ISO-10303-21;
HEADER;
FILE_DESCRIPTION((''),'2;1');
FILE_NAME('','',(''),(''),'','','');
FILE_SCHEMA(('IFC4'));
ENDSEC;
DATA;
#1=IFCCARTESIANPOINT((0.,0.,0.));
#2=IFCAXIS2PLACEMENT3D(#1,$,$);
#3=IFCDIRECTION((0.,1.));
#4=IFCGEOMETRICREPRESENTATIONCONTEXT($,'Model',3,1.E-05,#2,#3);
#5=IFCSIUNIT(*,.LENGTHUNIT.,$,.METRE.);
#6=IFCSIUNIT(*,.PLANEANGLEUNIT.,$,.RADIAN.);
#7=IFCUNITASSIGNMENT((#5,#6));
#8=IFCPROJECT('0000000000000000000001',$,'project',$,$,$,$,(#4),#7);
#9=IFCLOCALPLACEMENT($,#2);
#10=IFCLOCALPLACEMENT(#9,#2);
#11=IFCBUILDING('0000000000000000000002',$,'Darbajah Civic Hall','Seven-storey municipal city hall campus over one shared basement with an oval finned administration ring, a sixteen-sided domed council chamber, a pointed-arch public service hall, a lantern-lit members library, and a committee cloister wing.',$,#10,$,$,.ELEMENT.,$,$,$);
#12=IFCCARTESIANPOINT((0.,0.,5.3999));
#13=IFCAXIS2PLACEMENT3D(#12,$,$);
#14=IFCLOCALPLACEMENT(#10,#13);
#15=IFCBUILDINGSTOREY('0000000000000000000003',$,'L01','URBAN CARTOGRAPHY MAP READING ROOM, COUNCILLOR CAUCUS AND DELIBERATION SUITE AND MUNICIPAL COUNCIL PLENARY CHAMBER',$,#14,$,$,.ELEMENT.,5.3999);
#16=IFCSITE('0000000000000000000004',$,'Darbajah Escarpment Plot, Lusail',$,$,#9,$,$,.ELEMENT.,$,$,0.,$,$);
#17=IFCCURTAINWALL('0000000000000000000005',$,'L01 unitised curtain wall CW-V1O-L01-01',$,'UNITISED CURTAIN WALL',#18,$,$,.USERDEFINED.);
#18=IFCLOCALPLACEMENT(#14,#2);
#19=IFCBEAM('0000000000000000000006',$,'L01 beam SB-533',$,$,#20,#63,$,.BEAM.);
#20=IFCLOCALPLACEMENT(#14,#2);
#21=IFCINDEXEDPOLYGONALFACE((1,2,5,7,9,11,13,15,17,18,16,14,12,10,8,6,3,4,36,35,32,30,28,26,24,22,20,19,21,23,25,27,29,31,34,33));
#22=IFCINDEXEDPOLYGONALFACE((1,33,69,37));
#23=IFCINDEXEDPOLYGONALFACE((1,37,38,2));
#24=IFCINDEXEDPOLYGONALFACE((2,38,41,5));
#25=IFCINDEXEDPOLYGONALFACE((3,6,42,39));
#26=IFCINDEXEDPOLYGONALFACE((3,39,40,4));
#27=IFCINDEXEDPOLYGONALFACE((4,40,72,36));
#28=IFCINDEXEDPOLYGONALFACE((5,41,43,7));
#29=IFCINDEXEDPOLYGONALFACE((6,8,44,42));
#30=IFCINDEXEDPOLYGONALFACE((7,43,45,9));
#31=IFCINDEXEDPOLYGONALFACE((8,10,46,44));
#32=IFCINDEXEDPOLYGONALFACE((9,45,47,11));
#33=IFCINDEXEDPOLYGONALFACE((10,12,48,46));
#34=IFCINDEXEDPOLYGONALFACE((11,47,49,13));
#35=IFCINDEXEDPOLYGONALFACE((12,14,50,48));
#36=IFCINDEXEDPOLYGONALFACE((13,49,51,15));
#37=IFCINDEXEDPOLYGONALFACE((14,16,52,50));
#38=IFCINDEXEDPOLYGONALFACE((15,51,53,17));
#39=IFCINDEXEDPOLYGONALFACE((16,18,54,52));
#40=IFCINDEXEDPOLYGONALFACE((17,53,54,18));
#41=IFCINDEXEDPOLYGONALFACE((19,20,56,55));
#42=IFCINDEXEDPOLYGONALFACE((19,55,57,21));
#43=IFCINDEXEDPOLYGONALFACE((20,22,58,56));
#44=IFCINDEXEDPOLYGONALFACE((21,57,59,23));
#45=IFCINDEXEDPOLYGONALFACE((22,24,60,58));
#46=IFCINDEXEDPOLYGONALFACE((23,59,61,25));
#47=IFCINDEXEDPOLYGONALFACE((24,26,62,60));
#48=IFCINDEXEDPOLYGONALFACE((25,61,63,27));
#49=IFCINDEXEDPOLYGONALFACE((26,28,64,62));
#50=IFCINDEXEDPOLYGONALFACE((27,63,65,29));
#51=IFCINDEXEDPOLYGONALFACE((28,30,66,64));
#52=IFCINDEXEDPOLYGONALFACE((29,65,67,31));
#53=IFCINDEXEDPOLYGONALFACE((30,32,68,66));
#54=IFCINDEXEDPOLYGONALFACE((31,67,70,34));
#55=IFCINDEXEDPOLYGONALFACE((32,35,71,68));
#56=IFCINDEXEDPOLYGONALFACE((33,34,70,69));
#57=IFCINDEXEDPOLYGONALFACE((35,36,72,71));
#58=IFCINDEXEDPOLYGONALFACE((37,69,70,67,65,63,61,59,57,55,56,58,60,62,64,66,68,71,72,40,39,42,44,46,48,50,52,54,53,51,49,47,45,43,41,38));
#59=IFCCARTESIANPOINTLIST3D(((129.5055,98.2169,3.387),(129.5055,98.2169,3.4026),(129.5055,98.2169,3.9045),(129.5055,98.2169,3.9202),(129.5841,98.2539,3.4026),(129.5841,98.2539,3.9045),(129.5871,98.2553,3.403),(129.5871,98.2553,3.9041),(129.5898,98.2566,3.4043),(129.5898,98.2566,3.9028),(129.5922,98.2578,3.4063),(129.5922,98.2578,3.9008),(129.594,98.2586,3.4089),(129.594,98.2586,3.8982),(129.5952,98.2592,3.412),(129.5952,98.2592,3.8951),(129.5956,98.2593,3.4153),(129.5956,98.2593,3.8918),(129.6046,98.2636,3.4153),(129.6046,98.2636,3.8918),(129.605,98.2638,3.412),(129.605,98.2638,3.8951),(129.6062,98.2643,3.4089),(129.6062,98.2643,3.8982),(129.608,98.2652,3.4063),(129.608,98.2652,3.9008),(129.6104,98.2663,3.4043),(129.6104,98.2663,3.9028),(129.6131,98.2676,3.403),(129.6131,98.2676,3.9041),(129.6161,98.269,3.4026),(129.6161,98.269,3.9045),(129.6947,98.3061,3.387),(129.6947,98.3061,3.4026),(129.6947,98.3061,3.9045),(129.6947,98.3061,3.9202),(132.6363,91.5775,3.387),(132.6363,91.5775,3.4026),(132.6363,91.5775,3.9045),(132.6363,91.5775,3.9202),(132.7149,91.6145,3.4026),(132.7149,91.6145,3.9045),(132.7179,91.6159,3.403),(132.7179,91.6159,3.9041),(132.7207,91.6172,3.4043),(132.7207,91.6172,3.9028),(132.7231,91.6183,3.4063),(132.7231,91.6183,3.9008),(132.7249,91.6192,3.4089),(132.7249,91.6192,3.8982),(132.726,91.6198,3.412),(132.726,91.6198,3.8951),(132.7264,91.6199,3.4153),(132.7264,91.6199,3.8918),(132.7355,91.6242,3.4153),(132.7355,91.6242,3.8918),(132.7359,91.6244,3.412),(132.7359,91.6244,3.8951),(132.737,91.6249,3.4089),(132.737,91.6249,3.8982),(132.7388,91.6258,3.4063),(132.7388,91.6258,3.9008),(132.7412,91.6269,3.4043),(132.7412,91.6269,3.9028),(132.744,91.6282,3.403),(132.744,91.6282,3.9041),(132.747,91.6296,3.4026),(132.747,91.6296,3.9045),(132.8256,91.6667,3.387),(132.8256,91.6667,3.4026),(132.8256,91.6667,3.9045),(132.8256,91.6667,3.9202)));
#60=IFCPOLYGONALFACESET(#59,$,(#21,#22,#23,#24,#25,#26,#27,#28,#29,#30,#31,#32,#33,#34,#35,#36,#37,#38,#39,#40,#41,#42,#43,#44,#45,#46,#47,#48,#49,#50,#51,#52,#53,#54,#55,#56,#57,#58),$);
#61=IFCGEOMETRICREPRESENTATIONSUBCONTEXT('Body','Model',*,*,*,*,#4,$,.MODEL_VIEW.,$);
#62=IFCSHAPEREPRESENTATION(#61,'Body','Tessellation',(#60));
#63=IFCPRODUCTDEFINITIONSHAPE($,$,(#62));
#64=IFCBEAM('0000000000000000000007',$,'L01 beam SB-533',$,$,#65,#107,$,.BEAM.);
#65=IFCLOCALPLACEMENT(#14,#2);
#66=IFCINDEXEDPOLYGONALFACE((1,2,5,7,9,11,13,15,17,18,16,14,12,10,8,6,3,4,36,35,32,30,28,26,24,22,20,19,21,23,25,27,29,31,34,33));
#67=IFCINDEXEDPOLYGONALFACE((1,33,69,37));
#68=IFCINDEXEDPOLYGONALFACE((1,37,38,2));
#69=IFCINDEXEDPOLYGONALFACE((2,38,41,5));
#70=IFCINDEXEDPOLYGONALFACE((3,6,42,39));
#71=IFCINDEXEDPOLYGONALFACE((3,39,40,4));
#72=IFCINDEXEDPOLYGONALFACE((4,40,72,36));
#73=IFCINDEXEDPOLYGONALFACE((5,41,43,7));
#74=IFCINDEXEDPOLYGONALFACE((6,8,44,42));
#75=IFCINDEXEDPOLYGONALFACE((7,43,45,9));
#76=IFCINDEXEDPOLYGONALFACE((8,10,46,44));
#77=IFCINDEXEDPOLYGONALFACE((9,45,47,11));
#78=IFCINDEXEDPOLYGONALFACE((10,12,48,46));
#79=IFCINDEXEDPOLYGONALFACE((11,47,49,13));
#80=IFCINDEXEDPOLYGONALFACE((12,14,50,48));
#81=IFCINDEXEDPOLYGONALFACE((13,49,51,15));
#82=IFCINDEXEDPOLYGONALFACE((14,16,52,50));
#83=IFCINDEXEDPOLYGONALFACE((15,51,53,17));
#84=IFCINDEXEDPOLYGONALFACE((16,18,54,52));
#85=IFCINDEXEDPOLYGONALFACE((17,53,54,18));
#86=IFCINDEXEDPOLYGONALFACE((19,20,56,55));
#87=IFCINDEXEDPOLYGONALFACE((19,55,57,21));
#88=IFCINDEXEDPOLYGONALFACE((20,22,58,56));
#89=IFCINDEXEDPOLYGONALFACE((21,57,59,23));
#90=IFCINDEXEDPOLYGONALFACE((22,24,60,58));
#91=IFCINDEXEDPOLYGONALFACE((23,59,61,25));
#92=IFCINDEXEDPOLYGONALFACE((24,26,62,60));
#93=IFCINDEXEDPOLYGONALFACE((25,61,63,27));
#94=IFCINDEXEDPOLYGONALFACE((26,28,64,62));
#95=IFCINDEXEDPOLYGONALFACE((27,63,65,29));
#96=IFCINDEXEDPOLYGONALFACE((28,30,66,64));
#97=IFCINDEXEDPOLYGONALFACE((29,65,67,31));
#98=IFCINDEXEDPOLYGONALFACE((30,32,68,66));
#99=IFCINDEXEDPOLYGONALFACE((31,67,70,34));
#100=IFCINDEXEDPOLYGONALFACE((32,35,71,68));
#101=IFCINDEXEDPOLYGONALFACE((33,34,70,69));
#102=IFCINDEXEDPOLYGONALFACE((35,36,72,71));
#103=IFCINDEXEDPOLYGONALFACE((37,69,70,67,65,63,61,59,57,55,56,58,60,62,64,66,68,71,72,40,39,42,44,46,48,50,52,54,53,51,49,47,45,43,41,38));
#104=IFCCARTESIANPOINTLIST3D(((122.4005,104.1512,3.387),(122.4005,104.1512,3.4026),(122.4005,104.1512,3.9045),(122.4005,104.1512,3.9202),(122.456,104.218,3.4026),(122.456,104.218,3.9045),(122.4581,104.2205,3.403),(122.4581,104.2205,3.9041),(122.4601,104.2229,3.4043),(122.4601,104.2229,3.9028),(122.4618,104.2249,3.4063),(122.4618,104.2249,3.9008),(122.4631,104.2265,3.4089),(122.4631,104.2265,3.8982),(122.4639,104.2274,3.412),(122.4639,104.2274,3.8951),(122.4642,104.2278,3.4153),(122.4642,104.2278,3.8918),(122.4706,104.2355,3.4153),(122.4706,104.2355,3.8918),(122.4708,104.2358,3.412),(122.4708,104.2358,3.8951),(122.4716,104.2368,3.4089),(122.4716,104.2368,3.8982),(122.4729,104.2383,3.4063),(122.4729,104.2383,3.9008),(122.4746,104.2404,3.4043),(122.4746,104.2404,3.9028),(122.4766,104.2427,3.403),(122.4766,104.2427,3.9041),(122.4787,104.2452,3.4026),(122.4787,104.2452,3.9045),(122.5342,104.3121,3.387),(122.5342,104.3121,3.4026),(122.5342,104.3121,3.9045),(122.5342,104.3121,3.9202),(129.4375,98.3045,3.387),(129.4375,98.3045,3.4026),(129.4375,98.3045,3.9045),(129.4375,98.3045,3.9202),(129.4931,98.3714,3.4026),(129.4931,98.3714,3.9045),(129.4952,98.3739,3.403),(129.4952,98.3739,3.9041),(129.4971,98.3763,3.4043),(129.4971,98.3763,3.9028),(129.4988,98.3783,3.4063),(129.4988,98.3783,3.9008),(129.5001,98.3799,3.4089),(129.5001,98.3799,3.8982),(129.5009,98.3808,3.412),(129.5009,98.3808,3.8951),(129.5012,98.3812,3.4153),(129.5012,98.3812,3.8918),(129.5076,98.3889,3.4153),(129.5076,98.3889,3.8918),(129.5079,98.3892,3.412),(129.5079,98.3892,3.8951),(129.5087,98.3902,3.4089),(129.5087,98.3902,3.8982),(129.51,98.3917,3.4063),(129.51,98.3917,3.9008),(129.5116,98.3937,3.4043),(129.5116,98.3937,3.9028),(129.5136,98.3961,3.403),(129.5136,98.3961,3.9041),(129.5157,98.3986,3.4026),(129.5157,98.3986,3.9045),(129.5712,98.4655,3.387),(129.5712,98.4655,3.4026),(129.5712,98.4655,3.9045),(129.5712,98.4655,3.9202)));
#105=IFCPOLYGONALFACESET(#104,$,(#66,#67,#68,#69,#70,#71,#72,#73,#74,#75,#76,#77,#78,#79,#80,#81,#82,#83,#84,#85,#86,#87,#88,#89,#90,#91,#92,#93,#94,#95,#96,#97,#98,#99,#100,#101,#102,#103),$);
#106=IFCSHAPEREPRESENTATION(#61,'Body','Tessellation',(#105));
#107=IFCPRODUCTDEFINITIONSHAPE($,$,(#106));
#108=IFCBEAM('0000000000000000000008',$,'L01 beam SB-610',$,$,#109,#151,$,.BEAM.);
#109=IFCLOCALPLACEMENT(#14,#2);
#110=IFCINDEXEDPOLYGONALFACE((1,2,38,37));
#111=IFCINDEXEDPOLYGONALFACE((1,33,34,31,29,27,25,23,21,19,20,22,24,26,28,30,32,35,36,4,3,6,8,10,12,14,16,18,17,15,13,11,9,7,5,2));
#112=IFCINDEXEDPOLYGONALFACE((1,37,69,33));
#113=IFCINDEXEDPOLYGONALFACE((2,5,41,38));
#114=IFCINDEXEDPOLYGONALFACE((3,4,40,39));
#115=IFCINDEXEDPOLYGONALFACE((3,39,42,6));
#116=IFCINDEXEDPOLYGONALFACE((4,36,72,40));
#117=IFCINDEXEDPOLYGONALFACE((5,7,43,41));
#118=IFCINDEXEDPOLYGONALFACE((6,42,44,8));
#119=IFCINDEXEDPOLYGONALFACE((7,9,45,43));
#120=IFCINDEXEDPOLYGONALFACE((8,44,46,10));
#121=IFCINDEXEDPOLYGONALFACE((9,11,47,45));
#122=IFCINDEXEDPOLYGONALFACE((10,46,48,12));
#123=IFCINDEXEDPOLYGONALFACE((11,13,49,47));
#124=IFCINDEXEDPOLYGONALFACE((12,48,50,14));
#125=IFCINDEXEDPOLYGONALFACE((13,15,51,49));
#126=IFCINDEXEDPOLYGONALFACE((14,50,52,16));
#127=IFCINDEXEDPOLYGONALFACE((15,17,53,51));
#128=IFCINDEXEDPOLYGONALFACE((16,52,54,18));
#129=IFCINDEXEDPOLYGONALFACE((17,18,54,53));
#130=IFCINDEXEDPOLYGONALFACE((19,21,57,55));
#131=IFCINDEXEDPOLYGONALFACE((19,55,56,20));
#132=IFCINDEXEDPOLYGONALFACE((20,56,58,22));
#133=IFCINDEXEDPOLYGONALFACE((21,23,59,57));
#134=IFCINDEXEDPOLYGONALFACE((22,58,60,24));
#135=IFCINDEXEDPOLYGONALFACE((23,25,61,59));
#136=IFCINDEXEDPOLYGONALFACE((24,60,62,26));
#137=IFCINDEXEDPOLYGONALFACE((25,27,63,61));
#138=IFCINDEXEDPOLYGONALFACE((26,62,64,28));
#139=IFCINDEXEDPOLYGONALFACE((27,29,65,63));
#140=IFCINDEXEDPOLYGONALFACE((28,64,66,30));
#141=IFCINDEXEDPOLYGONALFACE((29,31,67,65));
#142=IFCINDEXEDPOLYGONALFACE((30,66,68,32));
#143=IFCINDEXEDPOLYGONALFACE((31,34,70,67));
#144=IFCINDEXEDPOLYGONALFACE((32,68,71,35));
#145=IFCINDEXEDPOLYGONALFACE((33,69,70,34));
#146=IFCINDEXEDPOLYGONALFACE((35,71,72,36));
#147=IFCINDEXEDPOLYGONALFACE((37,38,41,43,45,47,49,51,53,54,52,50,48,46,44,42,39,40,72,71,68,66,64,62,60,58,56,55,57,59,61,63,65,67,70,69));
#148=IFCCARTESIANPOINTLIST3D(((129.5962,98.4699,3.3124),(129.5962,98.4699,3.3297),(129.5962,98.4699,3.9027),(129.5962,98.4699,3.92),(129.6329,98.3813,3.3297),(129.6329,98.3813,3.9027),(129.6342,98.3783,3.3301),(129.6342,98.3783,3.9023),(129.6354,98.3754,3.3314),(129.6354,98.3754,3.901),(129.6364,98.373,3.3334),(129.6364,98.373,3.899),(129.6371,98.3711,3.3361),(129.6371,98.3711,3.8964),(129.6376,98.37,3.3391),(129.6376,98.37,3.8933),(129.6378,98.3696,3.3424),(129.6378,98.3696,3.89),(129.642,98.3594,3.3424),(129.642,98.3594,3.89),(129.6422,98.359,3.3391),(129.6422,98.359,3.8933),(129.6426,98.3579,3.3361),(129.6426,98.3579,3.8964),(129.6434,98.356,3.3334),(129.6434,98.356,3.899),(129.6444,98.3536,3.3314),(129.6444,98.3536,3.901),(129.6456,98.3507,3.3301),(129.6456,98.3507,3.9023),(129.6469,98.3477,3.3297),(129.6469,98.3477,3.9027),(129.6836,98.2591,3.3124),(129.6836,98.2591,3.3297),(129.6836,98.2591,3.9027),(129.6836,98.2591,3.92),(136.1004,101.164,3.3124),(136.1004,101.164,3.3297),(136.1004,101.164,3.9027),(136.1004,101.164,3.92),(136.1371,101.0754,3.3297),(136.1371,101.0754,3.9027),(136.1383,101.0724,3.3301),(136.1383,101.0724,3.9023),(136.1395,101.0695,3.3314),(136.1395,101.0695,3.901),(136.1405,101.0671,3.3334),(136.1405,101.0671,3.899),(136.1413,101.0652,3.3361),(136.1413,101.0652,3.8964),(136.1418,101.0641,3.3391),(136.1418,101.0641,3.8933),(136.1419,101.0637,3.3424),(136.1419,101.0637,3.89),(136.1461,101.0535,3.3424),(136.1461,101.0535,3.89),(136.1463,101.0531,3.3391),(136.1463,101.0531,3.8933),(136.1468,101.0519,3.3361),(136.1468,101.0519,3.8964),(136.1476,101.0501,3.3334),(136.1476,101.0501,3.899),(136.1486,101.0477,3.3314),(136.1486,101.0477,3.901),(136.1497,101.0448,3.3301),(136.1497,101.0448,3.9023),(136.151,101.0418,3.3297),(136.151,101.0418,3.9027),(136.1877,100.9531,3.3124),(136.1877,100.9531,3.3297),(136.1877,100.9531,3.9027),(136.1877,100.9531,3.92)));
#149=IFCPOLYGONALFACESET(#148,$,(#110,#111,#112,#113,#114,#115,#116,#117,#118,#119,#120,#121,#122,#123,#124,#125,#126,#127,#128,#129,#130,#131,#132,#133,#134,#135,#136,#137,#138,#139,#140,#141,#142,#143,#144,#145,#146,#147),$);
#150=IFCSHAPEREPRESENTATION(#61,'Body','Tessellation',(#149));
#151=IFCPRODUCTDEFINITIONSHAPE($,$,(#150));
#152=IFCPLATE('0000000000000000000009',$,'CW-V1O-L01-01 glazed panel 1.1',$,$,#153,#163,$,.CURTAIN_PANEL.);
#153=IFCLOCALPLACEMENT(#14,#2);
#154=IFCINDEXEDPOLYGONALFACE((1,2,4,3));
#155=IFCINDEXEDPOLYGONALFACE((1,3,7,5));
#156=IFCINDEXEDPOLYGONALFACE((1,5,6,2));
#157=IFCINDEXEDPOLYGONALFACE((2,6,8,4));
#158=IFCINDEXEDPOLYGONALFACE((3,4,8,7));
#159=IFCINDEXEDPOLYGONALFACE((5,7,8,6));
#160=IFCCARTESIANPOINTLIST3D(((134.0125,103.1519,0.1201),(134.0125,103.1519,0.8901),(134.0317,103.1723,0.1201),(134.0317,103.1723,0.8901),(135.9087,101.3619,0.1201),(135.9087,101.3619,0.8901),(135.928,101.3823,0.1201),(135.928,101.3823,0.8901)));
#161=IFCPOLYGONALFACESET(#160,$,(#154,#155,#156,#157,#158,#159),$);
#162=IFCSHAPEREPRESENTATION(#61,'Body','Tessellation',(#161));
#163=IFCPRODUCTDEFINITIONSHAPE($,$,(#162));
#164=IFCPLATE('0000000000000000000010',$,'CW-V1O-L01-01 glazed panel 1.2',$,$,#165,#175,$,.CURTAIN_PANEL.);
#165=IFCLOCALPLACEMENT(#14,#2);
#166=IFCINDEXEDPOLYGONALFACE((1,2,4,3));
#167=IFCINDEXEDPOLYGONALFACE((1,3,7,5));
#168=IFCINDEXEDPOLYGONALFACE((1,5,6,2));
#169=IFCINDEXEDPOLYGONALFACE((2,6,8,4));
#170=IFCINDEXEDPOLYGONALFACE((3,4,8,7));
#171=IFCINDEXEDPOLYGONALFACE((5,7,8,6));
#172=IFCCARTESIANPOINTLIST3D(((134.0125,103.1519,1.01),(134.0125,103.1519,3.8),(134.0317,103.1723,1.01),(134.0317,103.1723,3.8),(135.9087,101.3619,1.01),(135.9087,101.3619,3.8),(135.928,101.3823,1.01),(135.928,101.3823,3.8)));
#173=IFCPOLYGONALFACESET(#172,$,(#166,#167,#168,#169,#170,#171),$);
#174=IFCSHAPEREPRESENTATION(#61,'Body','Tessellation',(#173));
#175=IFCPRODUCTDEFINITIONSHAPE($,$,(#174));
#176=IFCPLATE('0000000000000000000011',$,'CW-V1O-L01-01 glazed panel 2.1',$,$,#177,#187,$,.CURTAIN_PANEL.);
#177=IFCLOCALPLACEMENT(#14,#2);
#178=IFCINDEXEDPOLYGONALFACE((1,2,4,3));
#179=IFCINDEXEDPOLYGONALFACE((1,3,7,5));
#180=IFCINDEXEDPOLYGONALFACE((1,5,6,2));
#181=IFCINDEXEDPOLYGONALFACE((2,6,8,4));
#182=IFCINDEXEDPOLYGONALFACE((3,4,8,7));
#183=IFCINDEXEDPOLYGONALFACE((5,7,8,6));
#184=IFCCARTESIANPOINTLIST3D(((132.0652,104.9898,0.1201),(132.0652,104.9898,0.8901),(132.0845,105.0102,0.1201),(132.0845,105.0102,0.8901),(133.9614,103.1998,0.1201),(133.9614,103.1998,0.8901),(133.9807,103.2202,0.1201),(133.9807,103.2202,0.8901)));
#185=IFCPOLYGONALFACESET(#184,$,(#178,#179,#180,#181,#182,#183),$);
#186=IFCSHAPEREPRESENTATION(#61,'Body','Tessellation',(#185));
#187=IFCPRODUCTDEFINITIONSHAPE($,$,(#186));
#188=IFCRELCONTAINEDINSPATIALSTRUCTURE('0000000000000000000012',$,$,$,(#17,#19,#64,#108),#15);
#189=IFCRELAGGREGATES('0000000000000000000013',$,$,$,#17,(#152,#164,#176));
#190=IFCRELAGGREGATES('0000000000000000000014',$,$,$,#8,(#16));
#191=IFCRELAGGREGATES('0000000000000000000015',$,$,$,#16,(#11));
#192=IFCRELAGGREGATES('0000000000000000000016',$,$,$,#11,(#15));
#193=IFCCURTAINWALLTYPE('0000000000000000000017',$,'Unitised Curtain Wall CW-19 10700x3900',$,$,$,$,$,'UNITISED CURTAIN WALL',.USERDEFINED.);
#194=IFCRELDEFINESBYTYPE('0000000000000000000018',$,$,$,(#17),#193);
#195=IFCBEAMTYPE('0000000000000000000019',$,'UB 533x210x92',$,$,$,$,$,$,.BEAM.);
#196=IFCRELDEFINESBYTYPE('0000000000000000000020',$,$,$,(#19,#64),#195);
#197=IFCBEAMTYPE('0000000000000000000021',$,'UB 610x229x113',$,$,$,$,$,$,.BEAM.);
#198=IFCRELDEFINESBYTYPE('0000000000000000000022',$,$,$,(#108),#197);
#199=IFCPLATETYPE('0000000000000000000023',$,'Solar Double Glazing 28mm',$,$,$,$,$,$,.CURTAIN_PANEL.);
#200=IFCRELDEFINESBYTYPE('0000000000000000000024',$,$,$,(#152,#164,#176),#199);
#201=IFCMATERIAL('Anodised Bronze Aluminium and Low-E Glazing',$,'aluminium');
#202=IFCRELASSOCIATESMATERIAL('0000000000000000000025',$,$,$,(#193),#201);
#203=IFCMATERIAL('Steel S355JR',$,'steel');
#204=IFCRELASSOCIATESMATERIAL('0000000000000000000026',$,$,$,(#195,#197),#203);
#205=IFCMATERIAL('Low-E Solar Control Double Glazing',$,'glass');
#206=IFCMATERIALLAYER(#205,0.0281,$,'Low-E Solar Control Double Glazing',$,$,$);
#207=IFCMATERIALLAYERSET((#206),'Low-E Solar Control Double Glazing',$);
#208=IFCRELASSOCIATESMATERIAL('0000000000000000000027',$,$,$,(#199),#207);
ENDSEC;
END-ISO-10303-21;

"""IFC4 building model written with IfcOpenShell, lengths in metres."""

from ifc_helpers import new_model, si_unit, direction, frame, origin, origin_2d, place, context, subcontext, project, spatial, rectangle, i_section, extrude, material, layer, layer_set, material_profile, profile_set, type_object, element, aggregate, save


model = new_model("IFC4")

# Units and contexts
model_context = context("Model", 3, precision=1e-05, world=origin(), true_north=direction((0.0, 1.0)))
body_context = subcontext(model_context, "Body", "Model", "MODEL_VIEW")
ifc_project = project(units=[si_unit("LENGTHUNIT", "METRE"), si_unit("PLANEANGLEUNIT", "RADIAN")], contexts=[model_context])

# Site, building, storey
site_placement = place(None, origin())
site = spatial("IfcSite", under=ifc_project, at=site_placement, Name="Darbajah Escarpment Plot, Lusail", CompositionType="ELEMENT", RefElevation=0.0)
building_placement = place(site_placement, origin())
building = spatial("IfcBuilding", under=site, at=building_placement, Name="Darbajah Civic Hall", Description="Seven-storey municipal city hall campus over one shared basement with an oval finned administration ring, a sixteen-sided domed council chamber, a pointed-arch public service hall, a lantern-lit members library, and a committee cloister wing.", CompositionType="ELEMENT")
storey_placement = place(building_placement, frame((0.0, 0.0, 5.3999)))
storey = spatial("IfcBuildingStorey", under=building, at=storey_placement, Name="L01", Description="URBAN CARTOGRAPHY MAP READING ROOM, COUNCILLOR CAUCUS AND DELIBERATION SUITE AND MUNICIPAL COUNCIL PLENARY CHAMBER", CompositionType="ELEMENT", Elevation=5.3999)

# Curtain wall
ifc_material_1 = material(Name="Anodised Bronze Aluminium and Low-E Glazing", Category="aluminium")
curtain_wall_type = type_object("IfcCurtainWallType", Name="Unitised Curtain Wall CW-19 10700x3900", ElementType="UNITISED CURTAIN WALL", PredefinedType="USERDEFINED", material=ifc_material_1)
curtain_wall_placement = place(storey_placement, origin())
curtain_wall = element("IfcCurtainWall", 1, at=curtain_wall_placement, inside=storey, type_object=curtain_wall_type, Name="L01 unitised curtain wall CW-V1O-L01-01", ObjectType="UNITISED CURTAIN WALL", PredefinedType="USERDEFINED")

# Beams
ifc_material_2 = material(Name="Steel S355JR", Category="steel")
ifc_material_profile_1 = material_profile(ifc_material_2, i_section(OverallWidth=0.2092, OverallDepth=0.5332, WebThickness=0.01, FlangeThickness=0.0156, FilletRadius=0.0127, at=origin_2d()), Name="UB 533x210x92")
ifc_profile_set_1 = profile_set([ifc_material_profile_1], Name="Steel S355JR")
beam_type_1 = type_object("IfcBeamType", Name="UB 533x210x92", PredefinedType="BEAM", material=ifc_profile_set_1)
beam_1_placement = place(storey_placement, frame((132.731, 91.6221, 3.6536), z_axis=(-0.426514, 0.904481, 0.0), x_axis=(-0.904481, -0.426514, 0.0)))
element("IfcBeam", 2, at=beam_1_placement, inside=storey, type_object=beam_type_1, Name="L01 beam SB-533", PredefinedType="BEAM", context=body_context, shape_type="SweptSolid", body=[
    extrude(i_section(OverallWidth=0.2092, OverallDepth=0.5332, WebThickness=0.01, FlangeThickness=0.0156, FilletRadius=0.0127, at=origin_2d()), origin(), (0.0, 0.0, 1.0), 7.3406),
])
beam_2_placement = place(storey_placement, frame((129.5044, 98.385, 3.6536), z_axis=(-0.769165, 0.63905, 0.0), x_axis=(-0.63905, -0.769165, 0.0)))
element("IfcBeam", 3, at=beam_2_placement, inside=storey, type_object=beam_type_1, Name="L01 beam SB-533", PredefinedType="BEAM", context=body_context, shape_type="SweptSolid", body=[
    extrude(i_section(OverallWidth=0.2092, OverallDepth=0.5332, WebThickness=0.01, FlangeThickness=0.0156, FilletRadius=0.0127, at=origin_2d()), origin(), (0.0, 0.0, 1.0), 9.1489),
])
ifc_material_profile_2 = material_profile(ifc_material_2, i_section(OverallWidth=0.2283, OverallDepth=0.6077, WebThickness=0.011, FlangeThickness=0.0173, FilletRadius=0.0127, at=origin_2d()), Name="UB 610x229x113")
ifc_profile_set_2 = profile_set([ifc_material_profile_2], Name="Steel S355JR")
beam_type_2 = type_object("IfcBeamType", Name="UB 610x229x113", PredefinedType="BEAM", material=ifc_profile_set_2)
beam_3_placement = place(storey_placement, frame((129.6399, 98.3645, 3.6162), z_axis=(0.92388, 0.382682, 0.0), x_axis=(-0.382682, 0.92388, 0.0)))
element("IfcBeam", 4, at=beam_3_placement, inside=storey, type_object=beam_type_2, Name="L01 beam SB-610", PredefinedType="BEAM", context=body_context, shape_type="SweptSolid", body=[
    extrude(i_section(OverallWidth=0.2283, OverallDepth=0.6077, WebThickness=0.011, FlangeThickness=0.0173, FilletRadius=0.0127, at=origin_2d()), origin(), (0.0, 0.0, 1.0), 7.04),
])

# Plates
ifc_material_3 = material(Name="Low-E Solar Control Double Glazing", Category="glass")
ifc_layer_1 = layer(ifc_material_3, 0.0281, Name="Low-E Solar Control Double Glazing")
ifc_layer_set_1 = layer_set([ifc_layer_1], Name="Low-E Solar Control Double Glazing")
plate_type = type_object("IfcPlateType", Name="Solar Double Glazing 28mm", PredefinedType="CURTAIN_PANEL", material=ifc_layer_set_1)
plate_1_placement = place(storey_placement, frame((134.9702, 102.2671, 0.1201), z_axis=(0.0, 0.0, 1.0), x_axis=(-0.727174, 0.686453, 0.0)))
plate_1 = element("IfcPlate", 5, at=plate_1_placement, type_object=plate_type, Name="CW-V1O-L01-01 glazed panel 1.1", PredefinedType="CURTAIN_PANEL", context=body_context, shape_type="SweptSolid", body=[
    extrude(rectangle(XDim=2.6077, YDim=0.0281, at=origin_2d()), origin(), (0.0, 0.0, 1.0), 0.77),
])
plate_2_placement = place(storey_placement, frame((134.9702, 102.2671, 1.01), z_axis=(0.0, 0.0, 1.0), x_axis=(-0.727174, 0.686453, 0.0)))
plate_2 = element("IfcPlate", 6, at=plate_2_placement, type_object=plate_type, Name="CW-V1O-L01-01 glazed panel 1.2", PredefinedType="CURTAIN_PANEL", context=body_context, shape_type="SweptSolid", body=[
    extrude(rectangle(XDim=2.6077, YDim=0.0281, at=origin_2d()), origin(), (0.0, 0.0, 1.0), 2.79),
])
plate_3_placement = place(storey_placement, frame((133.0229, 104.105, 0.1201), z_axis=(0.0, 0.0, 1.0), x_axis=(-0.727174, 0.686453, 0.0)))
plate_3 = element("IfcPlate", 7, at=plate_3_placement, type_object=plate_type, Name="CW-V1O-L01-01 glazed panel 2.1", PredefinedType="CURTAIN_PANEL", context=body_context, shape_type="SweptSolid", body=[
    extrude(rectangle(XDim=2.6077, YDim=0.0281, at=origin_2d()), origin(), (0.0, 0.0, 1.0), 0.77),
])
aggregate(curtain_wall, [plate_1, plate_2, plate_3])

save(model, "model.ifc")
